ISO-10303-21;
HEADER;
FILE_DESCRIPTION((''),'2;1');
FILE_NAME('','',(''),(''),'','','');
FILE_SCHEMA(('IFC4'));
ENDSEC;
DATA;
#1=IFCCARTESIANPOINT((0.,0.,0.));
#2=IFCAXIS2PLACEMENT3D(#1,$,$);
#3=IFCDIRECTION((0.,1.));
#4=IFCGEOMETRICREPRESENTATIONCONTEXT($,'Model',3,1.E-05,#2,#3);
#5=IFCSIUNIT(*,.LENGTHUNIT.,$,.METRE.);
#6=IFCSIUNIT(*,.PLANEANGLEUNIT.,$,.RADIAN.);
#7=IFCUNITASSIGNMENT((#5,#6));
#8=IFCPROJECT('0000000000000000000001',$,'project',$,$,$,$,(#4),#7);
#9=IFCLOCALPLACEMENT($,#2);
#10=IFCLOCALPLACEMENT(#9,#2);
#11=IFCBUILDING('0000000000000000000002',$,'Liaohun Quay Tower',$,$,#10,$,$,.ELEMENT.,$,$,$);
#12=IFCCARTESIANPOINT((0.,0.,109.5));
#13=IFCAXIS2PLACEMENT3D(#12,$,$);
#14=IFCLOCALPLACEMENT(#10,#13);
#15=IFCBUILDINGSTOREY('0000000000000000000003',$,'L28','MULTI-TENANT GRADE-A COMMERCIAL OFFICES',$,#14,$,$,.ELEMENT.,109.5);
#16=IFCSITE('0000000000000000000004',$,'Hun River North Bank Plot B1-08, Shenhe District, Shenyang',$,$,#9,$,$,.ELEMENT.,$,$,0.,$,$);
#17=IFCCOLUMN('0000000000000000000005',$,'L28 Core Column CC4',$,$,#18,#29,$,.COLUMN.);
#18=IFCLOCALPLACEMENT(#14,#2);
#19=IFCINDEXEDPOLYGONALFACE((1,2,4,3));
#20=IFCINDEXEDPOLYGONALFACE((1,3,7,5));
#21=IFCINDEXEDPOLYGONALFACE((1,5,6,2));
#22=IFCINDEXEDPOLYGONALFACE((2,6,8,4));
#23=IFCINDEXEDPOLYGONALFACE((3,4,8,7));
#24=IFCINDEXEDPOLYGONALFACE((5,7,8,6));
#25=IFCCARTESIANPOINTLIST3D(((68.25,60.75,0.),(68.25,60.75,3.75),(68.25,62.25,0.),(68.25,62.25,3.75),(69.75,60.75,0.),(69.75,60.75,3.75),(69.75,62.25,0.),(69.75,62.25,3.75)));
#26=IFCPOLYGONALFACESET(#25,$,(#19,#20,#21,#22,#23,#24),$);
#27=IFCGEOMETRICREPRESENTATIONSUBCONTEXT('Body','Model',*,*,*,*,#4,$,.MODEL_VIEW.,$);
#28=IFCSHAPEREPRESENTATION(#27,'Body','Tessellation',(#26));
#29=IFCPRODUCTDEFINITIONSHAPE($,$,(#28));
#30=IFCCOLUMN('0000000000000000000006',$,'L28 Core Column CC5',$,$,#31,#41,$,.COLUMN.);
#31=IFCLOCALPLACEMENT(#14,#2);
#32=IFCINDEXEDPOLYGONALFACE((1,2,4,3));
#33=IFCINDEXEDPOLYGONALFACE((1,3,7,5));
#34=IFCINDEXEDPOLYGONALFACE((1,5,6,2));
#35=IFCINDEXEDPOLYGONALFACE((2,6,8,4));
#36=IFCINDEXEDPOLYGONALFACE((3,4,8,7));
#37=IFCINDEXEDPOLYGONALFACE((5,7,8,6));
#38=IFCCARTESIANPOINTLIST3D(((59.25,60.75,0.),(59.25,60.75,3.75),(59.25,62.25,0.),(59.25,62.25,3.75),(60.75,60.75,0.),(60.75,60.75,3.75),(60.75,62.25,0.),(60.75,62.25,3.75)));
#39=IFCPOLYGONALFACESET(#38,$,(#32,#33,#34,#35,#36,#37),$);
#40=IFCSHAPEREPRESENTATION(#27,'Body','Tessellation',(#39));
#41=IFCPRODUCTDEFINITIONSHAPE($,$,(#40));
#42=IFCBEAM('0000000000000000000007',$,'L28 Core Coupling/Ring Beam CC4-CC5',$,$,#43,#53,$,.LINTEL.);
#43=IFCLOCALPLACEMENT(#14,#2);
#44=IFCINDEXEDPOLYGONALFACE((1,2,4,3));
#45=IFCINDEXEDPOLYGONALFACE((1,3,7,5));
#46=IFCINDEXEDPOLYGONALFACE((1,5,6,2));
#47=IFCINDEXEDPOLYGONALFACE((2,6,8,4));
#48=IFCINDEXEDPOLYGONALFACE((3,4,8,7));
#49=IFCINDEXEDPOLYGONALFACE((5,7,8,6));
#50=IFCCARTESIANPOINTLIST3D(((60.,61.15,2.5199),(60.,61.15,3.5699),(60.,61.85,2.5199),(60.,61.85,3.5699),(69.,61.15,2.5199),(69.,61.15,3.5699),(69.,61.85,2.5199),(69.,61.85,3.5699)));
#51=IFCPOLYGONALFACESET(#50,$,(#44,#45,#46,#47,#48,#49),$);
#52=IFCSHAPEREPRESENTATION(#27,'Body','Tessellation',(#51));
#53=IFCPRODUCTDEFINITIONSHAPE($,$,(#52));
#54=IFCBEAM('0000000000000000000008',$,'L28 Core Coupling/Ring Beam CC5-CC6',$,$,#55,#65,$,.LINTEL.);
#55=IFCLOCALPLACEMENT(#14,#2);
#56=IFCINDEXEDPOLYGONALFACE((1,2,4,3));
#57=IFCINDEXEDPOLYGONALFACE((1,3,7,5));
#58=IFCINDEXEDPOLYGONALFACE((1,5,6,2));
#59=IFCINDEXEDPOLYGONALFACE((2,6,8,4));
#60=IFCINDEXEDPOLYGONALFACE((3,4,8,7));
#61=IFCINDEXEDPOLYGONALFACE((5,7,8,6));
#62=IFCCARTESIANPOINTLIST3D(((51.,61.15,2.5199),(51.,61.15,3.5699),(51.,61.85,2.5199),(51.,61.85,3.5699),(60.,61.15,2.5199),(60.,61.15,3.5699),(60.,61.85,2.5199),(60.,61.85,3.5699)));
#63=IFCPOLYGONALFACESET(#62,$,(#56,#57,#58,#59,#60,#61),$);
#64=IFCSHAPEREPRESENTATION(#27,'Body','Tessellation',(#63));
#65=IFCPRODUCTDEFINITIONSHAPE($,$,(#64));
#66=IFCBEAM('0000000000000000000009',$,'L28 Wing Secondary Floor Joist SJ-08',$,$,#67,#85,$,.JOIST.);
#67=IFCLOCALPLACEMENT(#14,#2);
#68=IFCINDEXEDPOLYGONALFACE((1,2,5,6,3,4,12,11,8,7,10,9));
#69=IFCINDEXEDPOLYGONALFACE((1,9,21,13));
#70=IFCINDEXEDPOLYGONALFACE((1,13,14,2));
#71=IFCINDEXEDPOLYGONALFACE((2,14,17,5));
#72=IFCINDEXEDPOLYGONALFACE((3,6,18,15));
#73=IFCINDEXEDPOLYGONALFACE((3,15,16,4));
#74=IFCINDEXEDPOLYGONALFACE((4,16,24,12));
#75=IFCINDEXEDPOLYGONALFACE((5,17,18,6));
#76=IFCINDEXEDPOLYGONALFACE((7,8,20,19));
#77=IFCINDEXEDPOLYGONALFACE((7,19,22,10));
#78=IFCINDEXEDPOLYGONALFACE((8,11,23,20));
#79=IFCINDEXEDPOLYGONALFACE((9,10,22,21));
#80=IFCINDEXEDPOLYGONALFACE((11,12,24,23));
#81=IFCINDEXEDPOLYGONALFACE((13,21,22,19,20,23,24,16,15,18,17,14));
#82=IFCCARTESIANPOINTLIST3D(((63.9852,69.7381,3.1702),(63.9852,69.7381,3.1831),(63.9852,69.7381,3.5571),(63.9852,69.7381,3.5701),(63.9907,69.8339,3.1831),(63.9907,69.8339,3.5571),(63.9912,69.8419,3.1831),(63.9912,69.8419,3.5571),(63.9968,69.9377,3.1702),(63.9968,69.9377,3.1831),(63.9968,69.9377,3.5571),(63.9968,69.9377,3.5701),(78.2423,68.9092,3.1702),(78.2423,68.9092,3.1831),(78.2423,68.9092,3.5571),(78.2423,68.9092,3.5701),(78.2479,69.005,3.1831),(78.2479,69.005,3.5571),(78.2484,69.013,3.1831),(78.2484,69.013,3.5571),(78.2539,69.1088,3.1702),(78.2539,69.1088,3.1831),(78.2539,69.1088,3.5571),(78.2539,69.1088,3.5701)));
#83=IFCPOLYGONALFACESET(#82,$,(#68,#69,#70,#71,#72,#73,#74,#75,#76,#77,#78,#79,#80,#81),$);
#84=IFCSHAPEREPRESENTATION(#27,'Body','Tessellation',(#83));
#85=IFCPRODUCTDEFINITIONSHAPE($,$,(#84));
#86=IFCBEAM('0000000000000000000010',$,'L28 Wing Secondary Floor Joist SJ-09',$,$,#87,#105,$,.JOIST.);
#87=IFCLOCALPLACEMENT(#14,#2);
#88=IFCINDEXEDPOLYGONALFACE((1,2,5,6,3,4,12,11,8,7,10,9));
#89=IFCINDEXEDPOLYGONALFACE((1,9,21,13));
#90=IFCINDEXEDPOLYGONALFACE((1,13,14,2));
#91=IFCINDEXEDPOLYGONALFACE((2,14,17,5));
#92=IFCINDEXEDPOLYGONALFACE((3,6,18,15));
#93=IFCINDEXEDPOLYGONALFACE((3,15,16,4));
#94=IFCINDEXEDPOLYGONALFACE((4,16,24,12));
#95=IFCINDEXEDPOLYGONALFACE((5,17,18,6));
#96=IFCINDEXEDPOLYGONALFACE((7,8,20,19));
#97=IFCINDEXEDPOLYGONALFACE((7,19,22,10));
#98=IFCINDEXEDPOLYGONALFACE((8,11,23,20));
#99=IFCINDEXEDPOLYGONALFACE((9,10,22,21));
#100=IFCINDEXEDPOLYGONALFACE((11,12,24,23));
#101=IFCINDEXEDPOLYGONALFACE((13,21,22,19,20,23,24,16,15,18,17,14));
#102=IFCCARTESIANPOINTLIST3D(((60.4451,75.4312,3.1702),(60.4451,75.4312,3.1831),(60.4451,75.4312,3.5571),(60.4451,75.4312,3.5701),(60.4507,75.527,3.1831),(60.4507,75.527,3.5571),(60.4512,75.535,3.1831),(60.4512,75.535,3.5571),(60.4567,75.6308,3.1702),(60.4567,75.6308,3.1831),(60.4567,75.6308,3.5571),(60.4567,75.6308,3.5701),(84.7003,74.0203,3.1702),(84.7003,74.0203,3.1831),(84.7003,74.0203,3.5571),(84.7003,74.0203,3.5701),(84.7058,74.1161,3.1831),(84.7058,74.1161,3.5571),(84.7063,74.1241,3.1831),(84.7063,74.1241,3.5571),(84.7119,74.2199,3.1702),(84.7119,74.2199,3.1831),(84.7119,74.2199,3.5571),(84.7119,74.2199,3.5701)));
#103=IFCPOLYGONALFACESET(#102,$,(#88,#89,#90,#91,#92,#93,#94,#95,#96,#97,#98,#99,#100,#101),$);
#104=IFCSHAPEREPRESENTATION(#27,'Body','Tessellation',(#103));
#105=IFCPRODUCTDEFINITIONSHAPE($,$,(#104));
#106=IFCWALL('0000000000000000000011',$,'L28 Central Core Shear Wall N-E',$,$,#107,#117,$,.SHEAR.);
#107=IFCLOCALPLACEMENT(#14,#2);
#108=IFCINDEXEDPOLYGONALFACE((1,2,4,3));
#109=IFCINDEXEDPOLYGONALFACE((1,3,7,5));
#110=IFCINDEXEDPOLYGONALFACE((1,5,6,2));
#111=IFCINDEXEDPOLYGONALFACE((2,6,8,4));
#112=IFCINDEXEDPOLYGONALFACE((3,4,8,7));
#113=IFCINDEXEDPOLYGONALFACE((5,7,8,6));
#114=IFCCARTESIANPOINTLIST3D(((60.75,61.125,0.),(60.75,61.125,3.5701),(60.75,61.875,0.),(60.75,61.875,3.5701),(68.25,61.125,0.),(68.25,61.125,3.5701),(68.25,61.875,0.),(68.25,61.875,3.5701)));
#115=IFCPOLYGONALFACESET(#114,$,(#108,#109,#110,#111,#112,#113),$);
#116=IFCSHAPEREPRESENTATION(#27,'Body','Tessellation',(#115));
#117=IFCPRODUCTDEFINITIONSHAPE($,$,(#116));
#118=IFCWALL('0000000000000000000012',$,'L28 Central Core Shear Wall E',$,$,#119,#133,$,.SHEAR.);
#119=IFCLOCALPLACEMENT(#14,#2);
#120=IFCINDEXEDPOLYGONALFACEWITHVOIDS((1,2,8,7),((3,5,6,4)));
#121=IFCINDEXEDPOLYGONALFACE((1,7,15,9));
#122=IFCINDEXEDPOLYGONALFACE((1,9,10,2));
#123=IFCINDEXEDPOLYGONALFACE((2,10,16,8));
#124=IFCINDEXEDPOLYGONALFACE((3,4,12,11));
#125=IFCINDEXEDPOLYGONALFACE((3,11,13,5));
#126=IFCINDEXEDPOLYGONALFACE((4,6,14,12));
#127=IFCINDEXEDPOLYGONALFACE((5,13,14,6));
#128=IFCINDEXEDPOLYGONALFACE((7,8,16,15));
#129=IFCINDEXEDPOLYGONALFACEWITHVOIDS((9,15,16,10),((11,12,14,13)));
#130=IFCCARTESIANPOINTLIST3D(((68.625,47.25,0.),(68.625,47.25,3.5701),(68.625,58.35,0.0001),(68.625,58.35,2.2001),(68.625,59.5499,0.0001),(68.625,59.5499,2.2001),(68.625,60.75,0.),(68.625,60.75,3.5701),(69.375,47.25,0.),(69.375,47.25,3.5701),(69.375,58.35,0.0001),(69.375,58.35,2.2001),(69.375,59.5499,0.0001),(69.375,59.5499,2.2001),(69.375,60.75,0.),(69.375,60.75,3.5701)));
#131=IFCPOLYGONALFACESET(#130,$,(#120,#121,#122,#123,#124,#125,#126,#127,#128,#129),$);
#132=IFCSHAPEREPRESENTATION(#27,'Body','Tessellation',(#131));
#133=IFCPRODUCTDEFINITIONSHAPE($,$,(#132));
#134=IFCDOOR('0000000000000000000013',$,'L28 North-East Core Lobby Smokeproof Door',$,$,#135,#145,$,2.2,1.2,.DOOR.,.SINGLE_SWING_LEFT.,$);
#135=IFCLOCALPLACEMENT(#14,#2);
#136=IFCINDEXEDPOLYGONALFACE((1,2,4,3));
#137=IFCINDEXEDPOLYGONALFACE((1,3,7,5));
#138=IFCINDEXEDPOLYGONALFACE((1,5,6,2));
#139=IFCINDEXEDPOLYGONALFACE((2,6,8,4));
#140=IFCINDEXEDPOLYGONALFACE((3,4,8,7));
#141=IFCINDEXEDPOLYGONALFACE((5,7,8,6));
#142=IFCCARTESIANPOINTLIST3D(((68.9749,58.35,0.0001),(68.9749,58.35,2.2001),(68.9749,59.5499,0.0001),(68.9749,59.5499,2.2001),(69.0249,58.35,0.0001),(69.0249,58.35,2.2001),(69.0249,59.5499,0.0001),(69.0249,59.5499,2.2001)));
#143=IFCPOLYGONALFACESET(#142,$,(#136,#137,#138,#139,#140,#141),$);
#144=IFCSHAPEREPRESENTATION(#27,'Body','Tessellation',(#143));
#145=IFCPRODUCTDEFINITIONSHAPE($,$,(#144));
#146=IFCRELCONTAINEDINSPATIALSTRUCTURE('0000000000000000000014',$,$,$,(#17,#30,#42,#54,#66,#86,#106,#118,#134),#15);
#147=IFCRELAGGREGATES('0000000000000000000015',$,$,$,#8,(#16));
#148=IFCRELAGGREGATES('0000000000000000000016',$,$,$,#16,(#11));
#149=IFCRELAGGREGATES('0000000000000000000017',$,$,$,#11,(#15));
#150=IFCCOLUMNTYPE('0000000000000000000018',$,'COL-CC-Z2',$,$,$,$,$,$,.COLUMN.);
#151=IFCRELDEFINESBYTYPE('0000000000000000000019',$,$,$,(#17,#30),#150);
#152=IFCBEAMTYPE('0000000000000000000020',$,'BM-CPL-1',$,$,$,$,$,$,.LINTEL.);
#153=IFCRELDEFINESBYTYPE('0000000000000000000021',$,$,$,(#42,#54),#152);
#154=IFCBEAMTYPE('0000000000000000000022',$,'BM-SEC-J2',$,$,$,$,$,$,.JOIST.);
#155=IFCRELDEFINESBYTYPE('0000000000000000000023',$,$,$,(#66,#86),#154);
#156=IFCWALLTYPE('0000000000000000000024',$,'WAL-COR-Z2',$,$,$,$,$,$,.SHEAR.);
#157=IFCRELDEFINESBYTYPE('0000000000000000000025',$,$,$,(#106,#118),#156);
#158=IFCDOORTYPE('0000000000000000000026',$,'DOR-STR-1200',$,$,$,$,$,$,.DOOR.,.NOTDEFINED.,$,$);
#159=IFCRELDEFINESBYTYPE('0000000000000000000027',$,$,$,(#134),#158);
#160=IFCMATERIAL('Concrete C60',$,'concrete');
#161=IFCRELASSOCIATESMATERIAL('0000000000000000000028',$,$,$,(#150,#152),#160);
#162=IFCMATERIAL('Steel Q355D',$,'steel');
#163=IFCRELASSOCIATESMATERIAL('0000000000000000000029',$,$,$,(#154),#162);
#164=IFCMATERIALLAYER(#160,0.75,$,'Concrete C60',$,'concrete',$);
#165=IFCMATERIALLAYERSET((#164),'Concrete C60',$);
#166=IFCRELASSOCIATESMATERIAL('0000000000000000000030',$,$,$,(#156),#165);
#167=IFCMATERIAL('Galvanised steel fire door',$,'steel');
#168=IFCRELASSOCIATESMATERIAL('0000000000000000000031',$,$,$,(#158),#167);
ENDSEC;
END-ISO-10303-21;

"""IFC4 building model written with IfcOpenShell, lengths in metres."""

from ifc_helpers import new_model, si_unit, direction, frame, frame_2d, origin, origin_2d, place, context, subcontext, project, spatial, rectangle, i_section, extrude, source, transform, mapped, material, layer, layer_set, material_profile, profile_set, type_object, element, fill, save


model = new_model("IFC4")

# Units and contexts
model_context = context("Model", 3, precision=1e-05, world=origin(), true_north=direction((0.0, 1.0)))
body_context = subcontext(model_context, "Body", "Model", "MODEL_VIEW")
ifc_project = project(units=[si_unit("LENGTHUNIT", "METRE"), si_unit("PLANEANGLEUNIT", "RADIAN")], contexts=[model_context])

# Site, building, storey
site_placement = place(None, origin())
site = spatial("IfcSite", under=ifc_project, at=site_placement, Name="Hun River North Bank Plot B1-08, Shenhe District, Shenyang", CompositionType="ELEMENT", RefElevation=0.0)
building_placement = place(site_placement, origin())
building = spatial("IfcBuilding", under=site, at=building_placement, Name="Liaohun Quay Tower", CompositionType="ELEMENT")
storey_placement = place(building_placement, frame((0.0, 0.0, 109.5)))
storey = spatial("IfcBuildingStorey", under=building, at=storey_placement, Name="L28", Description="MULTI-TENANT GRADE-A COMMERCIAL OFFICES", CompositionType="ELEMENT", Elevation=109.5)

# Columns
ifc_material_1 = material(Name="Concrete C60", Category="concrete")
ifc_material_profile_1 = material_profile(ifc_material_1, rectangle(XDim=1.5, YDim=1.5, at=origin_2d()), Name="RC1500x1500")
ifc_profile_set_1 = profile_set([ifc_material_profile_1], Name="Concrete C60")
column_type = type_object("IfcColumnType", Name="COL-CC-Z2", PredefinedType="COLUMN", material=ifc_profile_set_1)
shared_shape_1 = source(origin(), body_context, "Body", "SweptSolid", [
    extrude(rectangle(XDim=1.5, YDim=1.5, at=origin_2d()), origin(), (0.0, 0.0, 1.0), 3.75),
])
for number, where, z_axis, x_axis, name in (
    (1, (69.0, 61.5, 0.0), (0.0, 0.0, 1.0), (1.0, 0.0, 0.0), "L28 Core Column CC4"),
    (2, (60.0, 61.5, 0.0), (0.0, 0.0, 1.0), (1.0, 0.0, 0.0), "L28 Core Column CC5"),
):
    element("IfcColumn", number, at=place(storey_placement, frame(where, z_axis=z_axis, x_axis=x_axis)), inside=storey, type_object=column_type, Name=name, PredefinedType="COLUMN", context=body_context, shape_type="MappedRepresentation", body=[
        mapped(shared_shape_1, transform((0.0, 0.0, 0.0), x_axis=(1.0, 0.0, 0.0), y_axis=(0.0, 1.0, 0.0), z_axis=(0.0, 0.0, 1.0), scale=1.0)),
    ])

# Beams
ifc_material_profile_2 = material_profile(ifc_material_1, rectangle(XDim=0.7, YDim=1.05, at=origin_2d()), Name="RC700x1050")
ifc_profile_set_2 = profile_set([ifc_material_profile_2], Name="Concrete C60")
beam_type_1 = type_object("IfcBeamType", Name="BM-CPL-1", PredefinedType="LINTEL", material=ifc_profile_set_2)
shared_shape_2 = source(origin(), body_context, "Body", "SweptSolid", [
    extrude(rectangle(XDim=0.7, YDim=1.05, at=origin_2d()), origin(), (0.0, 0.0, 1.0), 9.0),
])
for number, where, z_axis, x_axis, name in (
    (3, (69.0, 61.5, 3.0449), (-1.0, 0.0, 0.0), (0.0, -1.0, 0.0), "L28 Core Coupling/Ring Beam CC4-CC5"),
    (4, (60.0, 61.5, 3.0449), (-1.0, 0.0, 0.0), (0.0, -1.0, 0.0), "L28 Core Coupling/Ring Beam CC5-CC6"),
):
    element("IfcBeam", number, at=place(storey_placement, frame(where, z_axis=z_axis, x_axis=x_axis)), inside=storey, type_object=beam_type_1, Name=name, PredefinedType="LINTEL", context=body_context, shape_type="MappedRepresentation", body=[
        mapped(shared_shape_2, transform((0.0, 0.0, 0.0), x_axis=(1.0, 0.0, 0.0), y_axis=(0.0, 1.0, 0.0), z_axis=(0.0, 0.0, 1.0), scale=1.0)),
    ])
ifc_material_2 = material(Name="Steel Q355D", Category="steel")
ifc_material_profile_3 = material_profile(ifc_material_2, i_section(OverallWidth=0.2, OverallDepth=0.3999, WebThickness=0.0081, FlangeThickness=0.0129, at=origin_2d()), Name="HN400x200x8x13")
ifc_profile_set_3 = profile_set([ifc_material_profile_3], Name="Steel Q355D")
beam_type_2 = type_object("IfcBeamType", Name="BM-SEC-J2", PredefinedType="JOIST", material=ifc_profile_set_3)
shared_shape_3 = source(origin(), body_context, "Body", "SweptSolid", [
    extrude(i_section(OverallWidth=0.2, OverallDepth=0.3999, WebThickness=0.0081, FlangeThickness=0.0129, at=origin_2d()), origin(), (0.0, 0.0, 1.0), 14.2812),
])
beam_1_placement = place(storey_placement, frame((63.991, 69.8379, 3.3701), z_axis=(0.998314, -0.058039, 0.0), x_axis=(0.058039, 0.998314, 0.0)))
element("IfcBeam", 5, at=beam_1_placement, inside=storey, type_object=beam_type_2, Name="L28 Wing Secondary Floor Joist SJ-08", PredefinedType="JOIST", context=body_context, shape_type="MappedRepresentation", body=[
    mapped(shared_shape_3, transform((0.0, 0.0, 0.0), x_axis=(1.0, 0.0, 0.0), y_axis=(0.0, 1.0, 0.0), z_axis=(0.0, 0.0, 1.0), scale=1.0)),
])
shared_shape_4 = source(origin(), body_context, "Body", "SweptSolid", [
    extrude(i_section(OverallWidth=0.2, OverallDepth=0.3999, WebThickness=0.0081, FlangeThickness=0.0129, at=origin_2d()), origin(), (0.0, 0.0, 1.0), 24.2961),
])
beam_2_placement = place(storey_placement, frame((60.4509, 75.531, 3.3701), z_axis=(0.998312, -0.058071, 0.0), x_axis=(0.058071, 0.998312, 0.0)))
element("IfcBeam", 6, at=beam_2_placement, inside=storey, type_object=beam_type_2, Name="L28 Wing Secondary Floor Joist SJ-09", PredefinedType="JOIST", context=body_context, shape_type="MappedRepresentation", body=[
    mapped(shared_shape_4, transform((0.0, 0.0, 0.0), x_axis=(1.0, 0.0, 0.0), y_axis=(0.0, 1.0, 0.0), z_axis=(0.0, 0.0, 1.0), scale=1.0)),
])

# Wall
ifc_layer_1 = layer(ifc_material_1, 0.75, Name="Concrete C60", Category="concrete")
ifc_layer_set_1 = layer_set([ifc_layer_1], Name="Concrete C60")
wall_type_1 = type_object("IfcWallType", Name="WAL-COR-Z2", PredefinedType="SHEAR", material=ifc_layer_set_1)
wall_1_placement = place(storey_placement, frame((60.75, 61.5, 0.0), z_axis=(0.0, 0.0, 1.0), x_axis=(1.0, 0.0, 0.0)))
element("IfcWall", 7, at=wall_1_placement, inside=storey, type_object=wall_type_1, Name="L28 Central Core Shear Wall N-E", PredefinedType="SHEAR", context=body_context, shape_type="SweptSolid", body=[
    extrude(rectangle(XDim=7.5, YDim=0.75, at=frame_2d((3.75, 0.0))), origin(), (0.0, 0.0, 1.0), 3.5701),
])

# Wall, opening, door
wall_2_placement = place(storey_placement, frame((69.0, 60.75, 0.0), z_axis=(0.0, 0.0, 1.0), x_axis=(0.0, -1.0, 0.0)))
wall_2 = element("IfcWall", 8, at=wall_2_placement, inside=storey, type_object=wall_type_1, Name="L28 Central Core Shear Wall E", PredefinedType="SHEAR", context=body_context, shape_type="SweptSolid", body=[
    extrude(rectangle(XDim=13.5, YDim=0.75, at=frame_2d((6.75, 0.0))), origin(), (0.0, 0.0, 1.0), 3.5701),
])
shared_shape_5 = source(origin(), body_context, "Body", "SweptSolid", [
    extrude(rectangle(XDim=1.2, YDim=2.2, at=frame_2d((0.6001, 1.1001))), frame((0.0, 0.385, 0.0), z_axis=(0.0, -1.0, 0.0), x_axis=(1.0, 0.0, 0.0)), (0.0, 0.0, 1.0), 0.77),
])
opening_1_placement = place(wall_2_placement, frame((1.2, 0.0, 0.0)))
opening_1 = element("IfcOpeningElement", 9, at=opening_1_placement, cuts=wall_2, PredefinedType="OPENING", context=body_context, shape_type="MappedRepresentation", body=[
    mapped(shared_shape_5, transform((0.0, 0.0, 0.0), x_axis=(1.0, 0.0, 0.0), y_axis=(0.0, 1.0, 0.0), z_axis=(0.0, 0.0, 1.0), scale=1.0)),
])
ifc_material_3 = material(Name="Galvanised steel fire door", Category="steel")
door_type_1 = type_object("IfcDoorType", Name="DOR-STR-1200", OperationType="NOTDEFINED", PredefinedType="DOOR", material=ifc_material_3)
shared_shape_6 = source(origin(), body_context, "Body", "SweptSolid", [
    extrude(rectangle(XDim=1.2, YDim=2.2, at=frame_2d((0.6001, 1.1001))), frame((0.0, 0.0249, 0.0), z_axis=(0.0, -1.0, 0.0), x_axis=(1.0, 0.0, 0.0)), (0.0, 0.0, 1.0), 0.05),
])
door_1_placement = place(opening_1_placement, origin())
door_1 = element("IfcDoor", 10, at=door_1_placement, inside=storey, type_object=door_type_1, Name="L28 North-East Core Lobby Smokeproof Door", OperationType="SINGLE_SWING_LEFT", OverallHeight=2.2, OverallWidth=1.2, PredefinedType="DOOR", context=body_context, shape_type="MappedRepresentation", body=[
    mapped(shared_shape_6, transform((0.0, 0.0, 0.0), x_axis=(1.0, 0.0, 0.0), y_axis=(0.0, 1.0, 0.0), z_axis=(0.0, 0.0, 1.0), scale=1.0)),
])
fill(opening_1, door_1)

save(model, "model.ifc")
